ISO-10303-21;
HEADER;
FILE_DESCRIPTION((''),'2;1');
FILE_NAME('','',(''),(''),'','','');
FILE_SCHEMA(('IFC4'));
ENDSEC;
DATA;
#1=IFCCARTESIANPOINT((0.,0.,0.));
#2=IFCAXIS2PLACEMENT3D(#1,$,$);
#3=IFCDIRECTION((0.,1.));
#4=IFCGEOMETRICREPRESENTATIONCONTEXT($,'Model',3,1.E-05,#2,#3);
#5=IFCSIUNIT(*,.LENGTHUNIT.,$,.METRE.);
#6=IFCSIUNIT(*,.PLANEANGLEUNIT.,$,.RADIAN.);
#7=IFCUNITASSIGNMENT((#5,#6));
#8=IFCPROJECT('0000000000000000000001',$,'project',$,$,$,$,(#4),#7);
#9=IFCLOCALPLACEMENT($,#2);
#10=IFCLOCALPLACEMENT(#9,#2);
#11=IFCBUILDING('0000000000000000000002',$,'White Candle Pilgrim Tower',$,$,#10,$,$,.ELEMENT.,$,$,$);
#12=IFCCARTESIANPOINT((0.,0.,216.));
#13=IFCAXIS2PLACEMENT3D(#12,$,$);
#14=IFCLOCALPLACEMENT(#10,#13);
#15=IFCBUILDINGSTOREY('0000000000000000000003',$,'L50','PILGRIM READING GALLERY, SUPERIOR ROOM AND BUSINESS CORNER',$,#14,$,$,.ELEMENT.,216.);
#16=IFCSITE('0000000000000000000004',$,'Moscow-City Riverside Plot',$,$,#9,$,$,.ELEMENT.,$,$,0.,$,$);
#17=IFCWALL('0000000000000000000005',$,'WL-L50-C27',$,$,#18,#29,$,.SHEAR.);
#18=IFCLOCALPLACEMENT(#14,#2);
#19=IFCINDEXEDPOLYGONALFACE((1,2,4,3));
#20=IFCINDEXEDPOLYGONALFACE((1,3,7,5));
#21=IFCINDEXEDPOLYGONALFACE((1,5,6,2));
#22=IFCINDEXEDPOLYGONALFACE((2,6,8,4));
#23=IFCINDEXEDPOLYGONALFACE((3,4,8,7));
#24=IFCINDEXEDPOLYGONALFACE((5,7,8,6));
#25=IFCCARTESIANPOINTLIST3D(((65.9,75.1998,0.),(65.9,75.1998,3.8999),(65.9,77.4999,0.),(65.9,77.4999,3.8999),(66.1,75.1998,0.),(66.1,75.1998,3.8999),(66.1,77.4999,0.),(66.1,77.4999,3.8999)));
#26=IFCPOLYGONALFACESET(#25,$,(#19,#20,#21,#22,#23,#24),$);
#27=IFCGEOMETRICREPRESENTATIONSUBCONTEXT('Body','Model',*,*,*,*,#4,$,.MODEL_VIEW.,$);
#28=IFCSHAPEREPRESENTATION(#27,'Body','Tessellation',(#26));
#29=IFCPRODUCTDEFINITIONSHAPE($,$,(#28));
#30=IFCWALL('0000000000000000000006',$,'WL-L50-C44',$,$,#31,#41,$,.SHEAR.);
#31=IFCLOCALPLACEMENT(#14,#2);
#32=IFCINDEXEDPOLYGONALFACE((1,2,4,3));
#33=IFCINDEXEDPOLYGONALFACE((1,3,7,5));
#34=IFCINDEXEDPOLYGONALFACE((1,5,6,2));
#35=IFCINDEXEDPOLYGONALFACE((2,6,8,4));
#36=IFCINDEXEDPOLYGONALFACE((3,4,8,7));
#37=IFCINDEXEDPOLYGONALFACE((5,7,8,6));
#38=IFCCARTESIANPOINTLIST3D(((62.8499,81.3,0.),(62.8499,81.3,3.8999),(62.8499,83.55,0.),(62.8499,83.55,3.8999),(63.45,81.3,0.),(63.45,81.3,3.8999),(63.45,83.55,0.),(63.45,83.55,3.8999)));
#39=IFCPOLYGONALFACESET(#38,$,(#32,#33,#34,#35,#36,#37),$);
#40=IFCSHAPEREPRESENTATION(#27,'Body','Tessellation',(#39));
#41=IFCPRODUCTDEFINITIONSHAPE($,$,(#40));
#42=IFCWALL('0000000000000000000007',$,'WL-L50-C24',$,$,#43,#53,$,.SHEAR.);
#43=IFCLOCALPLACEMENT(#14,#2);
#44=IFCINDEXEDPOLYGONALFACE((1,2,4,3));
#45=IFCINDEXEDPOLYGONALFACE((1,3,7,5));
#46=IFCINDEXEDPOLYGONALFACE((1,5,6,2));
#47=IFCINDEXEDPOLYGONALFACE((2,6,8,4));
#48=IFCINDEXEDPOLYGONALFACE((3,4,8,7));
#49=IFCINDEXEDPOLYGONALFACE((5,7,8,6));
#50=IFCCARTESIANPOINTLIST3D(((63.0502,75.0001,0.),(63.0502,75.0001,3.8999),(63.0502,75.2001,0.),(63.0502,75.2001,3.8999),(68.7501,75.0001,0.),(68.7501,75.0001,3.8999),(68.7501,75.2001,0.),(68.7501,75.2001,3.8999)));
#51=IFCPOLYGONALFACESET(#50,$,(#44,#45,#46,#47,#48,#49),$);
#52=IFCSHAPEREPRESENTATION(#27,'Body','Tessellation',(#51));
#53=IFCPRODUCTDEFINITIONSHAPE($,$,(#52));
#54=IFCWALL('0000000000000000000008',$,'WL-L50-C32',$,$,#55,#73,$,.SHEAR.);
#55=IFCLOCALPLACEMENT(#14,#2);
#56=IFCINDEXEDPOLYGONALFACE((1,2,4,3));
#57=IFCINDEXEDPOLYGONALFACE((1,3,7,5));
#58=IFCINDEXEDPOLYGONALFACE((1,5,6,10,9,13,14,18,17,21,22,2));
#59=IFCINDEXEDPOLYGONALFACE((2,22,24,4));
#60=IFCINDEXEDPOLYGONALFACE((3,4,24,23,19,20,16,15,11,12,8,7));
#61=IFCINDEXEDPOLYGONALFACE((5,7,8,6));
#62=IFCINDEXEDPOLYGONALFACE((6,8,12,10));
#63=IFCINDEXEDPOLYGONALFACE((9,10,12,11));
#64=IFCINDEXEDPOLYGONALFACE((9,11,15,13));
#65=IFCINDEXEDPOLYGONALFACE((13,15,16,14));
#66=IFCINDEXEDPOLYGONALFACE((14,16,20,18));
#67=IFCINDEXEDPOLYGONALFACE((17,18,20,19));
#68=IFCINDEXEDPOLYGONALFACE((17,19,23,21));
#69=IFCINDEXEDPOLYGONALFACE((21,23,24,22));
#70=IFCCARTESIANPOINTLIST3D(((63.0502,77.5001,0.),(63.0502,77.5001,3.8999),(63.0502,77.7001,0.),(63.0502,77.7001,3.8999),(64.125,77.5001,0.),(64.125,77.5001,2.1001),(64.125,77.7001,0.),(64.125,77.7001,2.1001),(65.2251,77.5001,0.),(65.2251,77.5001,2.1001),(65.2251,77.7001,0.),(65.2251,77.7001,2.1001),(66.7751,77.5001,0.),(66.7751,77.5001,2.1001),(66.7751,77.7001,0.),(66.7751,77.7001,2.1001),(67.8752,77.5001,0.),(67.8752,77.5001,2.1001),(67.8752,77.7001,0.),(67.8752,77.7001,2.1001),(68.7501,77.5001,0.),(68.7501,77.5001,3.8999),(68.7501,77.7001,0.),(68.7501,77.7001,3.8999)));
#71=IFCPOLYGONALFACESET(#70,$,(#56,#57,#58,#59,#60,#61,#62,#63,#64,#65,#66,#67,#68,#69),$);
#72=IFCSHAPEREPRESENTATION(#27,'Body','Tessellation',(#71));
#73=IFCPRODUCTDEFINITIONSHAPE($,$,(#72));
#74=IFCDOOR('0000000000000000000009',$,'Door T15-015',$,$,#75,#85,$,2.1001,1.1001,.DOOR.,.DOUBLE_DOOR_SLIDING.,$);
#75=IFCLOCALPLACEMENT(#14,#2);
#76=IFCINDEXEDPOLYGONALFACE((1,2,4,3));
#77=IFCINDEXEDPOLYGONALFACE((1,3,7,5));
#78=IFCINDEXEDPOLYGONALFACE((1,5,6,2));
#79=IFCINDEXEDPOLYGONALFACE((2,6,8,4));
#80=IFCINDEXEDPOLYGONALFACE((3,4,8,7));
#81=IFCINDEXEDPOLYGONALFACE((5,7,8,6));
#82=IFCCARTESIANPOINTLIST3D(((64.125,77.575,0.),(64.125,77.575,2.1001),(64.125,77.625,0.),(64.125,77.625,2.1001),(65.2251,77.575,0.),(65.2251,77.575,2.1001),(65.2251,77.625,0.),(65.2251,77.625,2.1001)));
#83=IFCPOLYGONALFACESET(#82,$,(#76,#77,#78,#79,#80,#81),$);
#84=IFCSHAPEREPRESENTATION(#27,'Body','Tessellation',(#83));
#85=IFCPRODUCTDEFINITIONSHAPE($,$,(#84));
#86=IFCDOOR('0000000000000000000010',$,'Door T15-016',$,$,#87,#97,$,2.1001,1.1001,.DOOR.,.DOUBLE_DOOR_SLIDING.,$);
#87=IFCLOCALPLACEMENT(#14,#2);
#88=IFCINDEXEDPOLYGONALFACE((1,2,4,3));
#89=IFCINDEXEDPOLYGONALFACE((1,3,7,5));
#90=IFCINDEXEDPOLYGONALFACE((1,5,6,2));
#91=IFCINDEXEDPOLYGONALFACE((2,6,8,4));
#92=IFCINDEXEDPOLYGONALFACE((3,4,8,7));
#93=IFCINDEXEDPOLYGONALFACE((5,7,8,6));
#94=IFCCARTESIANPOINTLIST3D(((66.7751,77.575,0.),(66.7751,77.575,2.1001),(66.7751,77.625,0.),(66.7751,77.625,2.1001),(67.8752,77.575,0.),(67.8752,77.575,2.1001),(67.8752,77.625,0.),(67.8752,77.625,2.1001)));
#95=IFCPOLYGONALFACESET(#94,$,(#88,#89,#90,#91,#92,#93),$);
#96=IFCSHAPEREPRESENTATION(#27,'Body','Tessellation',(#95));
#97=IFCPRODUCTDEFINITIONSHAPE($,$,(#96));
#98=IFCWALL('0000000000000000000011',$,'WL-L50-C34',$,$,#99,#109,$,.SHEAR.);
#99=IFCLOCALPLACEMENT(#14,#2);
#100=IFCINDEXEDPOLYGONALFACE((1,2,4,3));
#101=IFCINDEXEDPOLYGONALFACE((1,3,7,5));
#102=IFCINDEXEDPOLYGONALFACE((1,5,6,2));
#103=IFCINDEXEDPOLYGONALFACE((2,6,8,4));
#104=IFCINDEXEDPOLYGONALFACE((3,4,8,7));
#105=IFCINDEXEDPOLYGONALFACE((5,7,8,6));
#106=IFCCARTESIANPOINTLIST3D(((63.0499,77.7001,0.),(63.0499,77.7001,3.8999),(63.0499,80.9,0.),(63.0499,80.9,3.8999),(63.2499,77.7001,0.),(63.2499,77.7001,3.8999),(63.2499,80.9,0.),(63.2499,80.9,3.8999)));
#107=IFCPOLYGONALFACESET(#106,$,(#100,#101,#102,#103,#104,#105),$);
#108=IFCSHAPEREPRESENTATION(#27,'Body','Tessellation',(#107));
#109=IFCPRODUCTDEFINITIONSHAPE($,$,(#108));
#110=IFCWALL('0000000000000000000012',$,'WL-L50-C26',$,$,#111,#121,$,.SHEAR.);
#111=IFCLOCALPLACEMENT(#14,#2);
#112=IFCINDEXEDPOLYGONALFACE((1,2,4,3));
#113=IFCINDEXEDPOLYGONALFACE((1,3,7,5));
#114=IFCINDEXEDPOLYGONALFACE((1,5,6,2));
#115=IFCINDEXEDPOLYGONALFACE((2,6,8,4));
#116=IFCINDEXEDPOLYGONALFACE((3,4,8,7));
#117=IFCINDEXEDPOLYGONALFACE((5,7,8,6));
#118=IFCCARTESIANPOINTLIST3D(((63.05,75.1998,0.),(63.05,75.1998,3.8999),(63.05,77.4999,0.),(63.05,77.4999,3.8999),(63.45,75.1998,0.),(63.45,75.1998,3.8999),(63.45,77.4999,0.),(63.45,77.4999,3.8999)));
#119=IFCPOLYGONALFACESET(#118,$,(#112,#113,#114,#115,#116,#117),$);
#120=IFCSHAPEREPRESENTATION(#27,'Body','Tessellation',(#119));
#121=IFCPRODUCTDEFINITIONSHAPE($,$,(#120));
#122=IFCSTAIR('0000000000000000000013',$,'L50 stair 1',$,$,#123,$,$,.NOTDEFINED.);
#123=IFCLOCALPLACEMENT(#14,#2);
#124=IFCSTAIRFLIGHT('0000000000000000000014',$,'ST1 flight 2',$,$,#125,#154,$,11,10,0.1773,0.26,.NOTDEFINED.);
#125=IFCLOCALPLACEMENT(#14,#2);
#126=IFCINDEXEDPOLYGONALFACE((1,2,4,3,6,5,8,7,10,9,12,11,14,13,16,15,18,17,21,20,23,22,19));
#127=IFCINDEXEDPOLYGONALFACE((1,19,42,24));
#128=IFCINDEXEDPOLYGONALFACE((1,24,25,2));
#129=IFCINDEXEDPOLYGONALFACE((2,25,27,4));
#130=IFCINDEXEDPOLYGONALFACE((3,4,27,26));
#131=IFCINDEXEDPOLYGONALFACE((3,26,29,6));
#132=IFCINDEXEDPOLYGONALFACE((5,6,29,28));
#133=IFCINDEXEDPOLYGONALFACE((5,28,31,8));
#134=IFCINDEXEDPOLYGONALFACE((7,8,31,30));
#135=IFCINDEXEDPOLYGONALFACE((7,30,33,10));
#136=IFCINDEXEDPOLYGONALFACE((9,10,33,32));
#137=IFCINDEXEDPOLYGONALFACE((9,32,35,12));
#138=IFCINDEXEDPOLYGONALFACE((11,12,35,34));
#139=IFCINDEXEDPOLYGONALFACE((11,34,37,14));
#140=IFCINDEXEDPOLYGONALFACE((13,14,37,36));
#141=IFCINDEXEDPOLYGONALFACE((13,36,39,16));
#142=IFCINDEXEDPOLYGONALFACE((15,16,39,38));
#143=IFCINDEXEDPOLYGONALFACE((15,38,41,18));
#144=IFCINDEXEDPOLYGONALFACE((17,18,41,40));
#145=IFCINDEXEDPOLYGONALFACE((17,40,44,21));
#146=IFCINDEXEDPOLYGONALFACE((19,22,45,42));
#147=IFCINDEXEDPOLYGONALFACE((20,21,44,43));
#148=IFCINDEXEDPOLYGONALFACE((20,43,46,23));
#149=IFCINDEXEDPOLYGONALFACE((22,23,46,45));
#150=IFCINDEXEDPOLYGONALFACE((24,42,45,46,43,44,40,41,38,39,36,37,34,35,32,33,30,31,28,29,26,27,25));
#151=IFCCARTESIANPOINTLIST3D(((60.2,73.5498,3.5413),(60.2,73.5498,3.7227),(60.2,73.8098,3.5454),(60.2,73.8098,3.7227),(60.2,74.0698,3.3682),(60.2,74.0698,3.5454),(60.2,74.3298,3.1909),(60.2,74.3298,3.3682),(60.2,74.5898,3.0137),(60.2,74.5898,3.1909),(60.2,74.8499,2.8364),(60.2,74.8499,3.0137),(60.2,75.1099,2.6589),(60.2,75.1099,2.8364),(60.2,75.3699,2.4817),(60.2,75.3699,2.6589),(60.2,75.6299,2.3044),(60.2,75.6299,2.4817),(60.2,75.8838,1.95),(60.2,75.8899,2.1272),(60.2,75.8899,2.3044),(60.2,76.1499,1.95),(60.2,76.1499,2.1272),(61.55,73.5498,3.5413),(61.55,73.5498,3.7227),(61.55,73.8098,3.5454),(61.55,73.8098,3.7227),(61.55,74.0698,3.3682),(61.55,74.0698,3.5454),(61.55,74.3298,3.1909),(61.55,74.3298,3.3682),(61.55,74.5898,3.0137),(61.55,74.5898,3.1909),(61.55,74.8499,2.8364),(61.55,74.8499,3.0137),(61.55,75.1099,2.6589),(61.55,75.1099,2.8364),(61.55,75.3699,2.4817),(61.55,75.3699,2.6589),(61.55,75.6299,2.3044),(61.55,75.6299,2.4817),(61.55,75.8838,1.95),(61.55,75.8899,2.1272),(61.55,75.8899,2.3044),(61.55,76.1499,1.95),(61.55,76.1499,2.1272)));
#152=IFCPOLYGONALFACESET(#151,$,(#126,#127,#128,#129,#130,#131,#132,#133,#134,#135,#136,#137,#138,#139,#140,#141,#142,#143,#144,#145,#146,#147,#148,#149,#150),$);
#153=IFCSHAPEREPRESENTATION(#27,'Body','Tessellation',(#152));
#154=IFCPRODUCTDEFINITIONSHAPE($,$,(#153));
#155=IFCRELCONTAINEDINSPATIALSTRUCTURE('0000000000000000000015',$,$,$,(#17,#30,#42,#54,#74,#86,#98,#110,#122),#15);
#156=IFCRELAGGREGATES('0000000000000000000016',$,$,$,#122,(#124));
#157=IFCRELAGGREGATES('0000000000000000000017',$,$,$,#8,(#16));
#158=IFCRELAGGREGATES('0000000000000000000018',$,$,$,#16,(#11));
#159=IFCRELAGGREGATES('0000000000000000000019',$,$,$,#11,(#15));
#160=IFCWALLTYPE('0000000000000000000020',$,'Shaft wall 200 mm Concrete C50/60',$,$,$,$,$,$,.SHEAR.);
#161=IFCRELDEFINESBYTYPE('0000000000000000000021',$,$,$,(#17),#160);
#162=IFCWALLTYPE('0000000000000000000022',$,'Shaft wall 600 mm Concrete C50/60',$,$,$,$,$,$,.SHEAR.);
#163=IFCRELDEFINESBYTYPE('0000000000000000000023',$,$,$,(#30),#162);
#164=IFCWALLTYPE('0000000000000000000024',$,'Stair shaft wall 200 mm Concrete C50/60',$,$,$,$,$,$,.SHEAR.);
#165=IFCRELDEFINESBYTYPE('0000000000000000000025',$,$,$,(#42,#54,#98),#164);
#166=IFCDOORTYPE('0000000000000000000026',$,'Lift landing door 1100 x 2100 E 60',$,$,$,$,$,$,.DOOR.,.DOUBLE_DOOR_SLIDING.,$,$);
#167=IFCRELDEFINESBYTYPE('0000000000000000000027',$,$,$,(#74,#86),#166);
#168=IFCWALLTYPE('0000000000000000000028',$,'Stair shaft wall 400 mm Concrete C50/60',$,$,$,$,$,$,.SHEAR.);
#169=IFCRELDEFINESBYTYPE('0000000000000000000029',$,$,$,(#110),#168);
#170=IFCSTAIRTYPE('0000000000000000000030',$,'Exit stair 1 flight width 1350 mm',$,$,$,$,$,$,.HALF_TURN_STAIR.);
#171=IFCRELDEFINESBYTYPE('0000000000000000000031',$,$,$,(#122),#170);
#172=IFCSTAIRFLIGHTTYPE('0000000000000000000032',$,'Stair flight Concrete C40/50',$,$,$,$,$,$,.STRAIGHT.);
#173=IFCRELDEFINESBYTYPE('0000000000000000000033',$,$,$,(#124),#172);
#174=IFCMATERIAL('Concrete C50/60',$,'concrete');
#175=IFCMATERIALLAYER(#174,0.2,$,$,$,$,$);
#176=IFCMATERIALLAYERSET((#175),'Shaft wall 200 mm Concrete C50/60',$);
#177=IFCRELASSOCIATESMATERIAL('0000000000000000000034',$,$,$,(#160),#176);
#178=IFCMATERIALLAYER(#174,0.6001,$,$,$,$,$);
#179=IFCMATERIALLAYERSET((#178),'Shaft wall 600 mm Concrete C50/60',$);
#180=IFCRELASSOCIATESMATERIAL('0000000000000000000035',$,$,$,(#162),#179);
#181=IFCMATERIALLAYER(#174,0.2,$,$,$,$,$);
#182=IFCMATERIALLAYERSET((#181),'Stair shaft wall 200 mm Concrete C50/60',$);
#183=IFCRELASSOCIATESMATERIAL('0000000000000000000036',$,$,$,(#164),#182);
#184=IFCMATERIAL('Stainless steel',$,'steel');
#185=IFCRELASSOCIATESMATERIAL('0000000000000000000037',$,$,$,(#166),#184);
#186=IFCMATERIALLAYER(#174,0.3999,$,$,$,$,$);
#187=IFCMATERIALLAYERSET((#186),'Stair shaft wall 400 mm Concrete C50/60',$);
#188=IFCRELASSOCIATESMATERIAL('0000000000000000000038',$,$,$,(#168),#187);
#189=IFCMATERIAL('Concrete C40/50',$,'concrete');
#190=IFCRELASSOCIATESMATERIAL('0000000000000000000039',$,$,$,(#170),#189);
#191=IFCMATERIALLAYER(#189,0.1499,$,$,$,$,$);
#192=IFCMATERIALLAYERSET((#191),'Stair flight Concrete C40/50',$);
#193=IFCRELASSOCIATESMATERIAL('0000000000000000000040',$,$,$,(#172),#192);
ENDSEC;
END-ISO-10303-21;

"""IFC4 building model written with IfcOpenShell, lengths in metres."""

from ifc_helpers import new_model, si_unit, direction, frame, frame_2d, origin, place, context, subcontext, project, spatial, polyline, rectangle, outline, extrude, material, layer, layer_set, type_object, element, fill, aggregate, save


model = new_model("IFC4")

# Units and contexts
model_context = context("Model", 3, precision=1e-05, world=origin(), true_north=direction((0.0, 1.0)))
body_context = subcontext(model_context, "Body", "Model", "MODEL_VIEW")
ifc_project = project(units=[si_unit("LENGTHUNIT", "METRE"), si_unit("PLANEANGLEUNIT", "RADIAN")], contexts=[model_context])

# Site, building, storey
site_placement = place(None, origin())
site = spatial("IfcSite", under=ifc_project, at=site_placement, Name="Moscow-City Riverside Plot", CompositionType="ELEMENT", RefElevation=0.0)
building_placement = place(site_placement, origin())
building = spatial("IfcBuilding", under=site, at=building_placement, Name="White Candle Pilgrim Tower", CompositionType="ELEMENT")
storey_placement = place(building_placement, frame((0.0, 0.0, 216.0)))
storey = spatial("IfcBuildingStorey", under=building, at=storey_placement, Name="L50", Description="PILGRIM READING GALLERY, SUPERIOR ROOM AND BUSINESS CORNER", CompositionType="ELEMENT", Elevation=216.0)

# Shared definitions
ifc_material_1 = material(Name="Concrete C50/60", Category="concrete")

# Shared definitions
ifc_material_2 = material(Name="Stainless steel", Category="steel")

# Walls
ifc_layer_1 = layer(ifc_material_1, 0.2)
ifc_layer_set_1 = layer_set([ifc_layer_1], Name="Shaft wall 200 mm Concrete C50/60")
wall_type_1 = type_object("IfcWallType", Name="Shaft wall 200 mm Concrete C50/60", PredefinedType="SHEAR", material=ifc_layer_set_1)
wall_1_placement = place(storey_placement, frame((66.0, 75.2, 0.0), z_axis=(0.0, 0.0, 1.0), x_axis=(0.0, 1.0, 0.0)))
element("IfcWall", 1, at=wall_1_placement, inside=storey, type_object=wall_type_1, Name="WL-L50-C27", PredefinedType="SHEAR", context=body_context, shape_type="SweptSolid", body=[
    extrude(rectangle(XDim=2.3, YDim=0.2, at=frame_2d((1.1499, 0.0))), origin(), (0.0, 0.0, 1.0), 3.8999),
])
ifc_layer_2 = layer(ifc_material_1, 0.6001)
ifc_layer_set_2 = layer_set([ifc_layer_2], Name="Shaft wall 600 mm Concrete C50/60")
wall_type_2 = type_object("IfcWallType", Name="Shaft wall 600 mm Concrete C50/60", PredefinedType="SHEAR", material=ifc_layer_set_2)
wall_2_placement = place(storey_placement, frame((63.1499, 81.3, 0.0), z_axis=(0.0, 0.0, 1.0), x_axis=(0.0, 1.0, 0.0)))
element("IfcWall", 2, at=wall_2_placement, inside=storey, type_object=wall_type_2, Name="WL-L50-C44", PredefinedType="SHEAR", context=body_context, shape_type="SweptSolid", body=[
    extrude(rectangle(XDim=2.25, YDim=0.6001, at=frame_2d((1.125, 0.0))), origin(), (0.0, 0.0, 1.0), 3.8999),
])
ifc_layer_3 = layer(ifc_material_1, 0.2)
ifc_layer_set_3 = layer_set([ifc_layer_3], Name="Stair shaft wall 200 mm Concrete C50/60")
wall_type_3 = type_object("IfcWallType", Name="Stair shaft wall 200 mm Concrete C50/60", PredefinedType="SHEAR", material=ifc_layer_set_3)
wall_3_placement = place(storey_placement, frame((63.05, 75.1001, 0.0), z_axis=(0.0, 0.0, 1.0), x_axis=(1.0, 0.0, 0.0)))
element("IfcWall", 3, at=wall_3_placement, inside=storey, type_object=wall_type_3, Name="WL-L50-C24", PredefinedType="SHEAR", context=body_context, shape_type="SweptSolid", body=[
    extrude(rectangle(XDim=5.7, YDim=0.2, at=frame_2d((2.8501, 0.0))), origin(), (0.0, 0.0, 1.0), 3.8999),
])

# Wall, openings, doors
wall_4_placement = place(storey_placement, frame((63.05, 77.6001, 0.0), z_axis=(0.0, 0.0, 1.0), x_axis=(1.0, 0.0, 0.0)))
wall_4 = element("IfcWall", 4, at=wall_4_placement, inside=storey, type_object=wall_type_3, Name="WL-L50-C32", PredefinedType="SHEAR", context=body_context, shape_type="SweptSolid", body=[
    extrude(rectangle(XDim=5.7, YDim=0.2, at=frame_2d((2.8501, 0.0))), origin(), (0.0, 0.0, 1.0), 3.8999),
])
opening_1_placement = place(wall_4_placement, frame((1.075, 0.0, 0.0)))
opening_1 = element("IfcOpeningElement", 5, at=opening_1_placement, cuts=wall_4, PredefinedType="OPENING", context=body_context, shape_type="SweptSolid", body=[
    extrude(rectangle(XDim=1.1001, YDim=2.1001, at=frame_2d((0.55, 1.05))), frame((0.0, 0.1099, 0.0), z_axis=(0.0, -1.0, 0.0), x_axis=(1.0, 0.0, 0.0)), (0.0, 0.0, 1.0), 0.22),
])
opening_2_placement = place(wall_4_placement, frame((3.7251, 0.0, 0.0)))
opening_2 = element("IfcOpeningElement", 6, at=opening_2_placement, cuts=wall_4, PredefinedType="OPENING", context=body_context, shape_type="SweptSolid", body=[
    extrude(rectangle(XDim=1.1001, YDim=2.1001, at=frame_2d((0.55, 1.05))), frame((0.0, 0.1099, 0.0), z_axis=(0.0, -1.0, 0.0), x_axis=(1.0, 0.0, 0.0)), (0.0, 0.0, 1.0), 0.22),
])
door_type_1 = type_object("IfcDoorType", Name="Lift landing door 1100 x 2100 E 60", OperationType="DOUBLE_DOOR_SLIDING", PredefinedType="DOOR", material=ifc_material_2)
door_1_placement = place(opening_1_placement, origin())
door_1 = element("IfcDoor", 7, at=door_1_placement, inside=storey, type_object=door_type_1, Name="Door T15-015", OperationType="DOUBLE_DOOR_SLIDING", OverallHeight=2.1001, OverallWidth=1.1001, PredefinedType="DOOR", context=body_context, shape_type="SweptSolid", body=[
    extrude(rectangle(XDim=1.1001, YDim=2.1001, at=frame_2d((0.55, 1.05))), frame((0.0, 0.0249, 0.0), z_axis=(0.0, -1.0, 0.0), x_axis=(1.0, 0.0, 0.0)), (0.0, 0.0, 1.0), 0.05),
])
fill(opening_1, door_1)
door_2_placement = place(opening_2_placement, origin())
door_2 = element("IfcDoor", 8, at=door_2_placement, inside=storey, type_object=door_type_1, Name="Door T15-016", OperationType="DOUBLE_DOOR_SLIDING", OverallHeight=2.1001, OverallWidth=1.1001, PredefinedType="DOOR", context=body_context, shape_type="SweptSolid", body=[
    extrude(rectangle(XDim=1.1001, YDim=2.1001, at=frame_2d((0.55, 1.05))), frame((0.0, 0.0249, 0.0), z_axis=(0.0, -1.0, 0.0), x_axis=(1.0, 0.0, 0.0)), (0.0, 0.0, 1.0), 0.05),
])
fill(opening_2, door_2)

# Walls
wall_5_placement = place(storey_placement, frame((63.1499, 77.7, 0.0), z_axis=(0.0, 0.0, 1.0), x_axis=(0.0, 1.0, 0.0)))
element("IfcWall", 9, at=wall_5_placement, inside=storey, type_object=wall_type_3, Name="WL-L50-C34", PredefinedType="SHEAR", context=body_context, shape_type="SweptSolid", body=[
    extrude(rectangle(XDim=3.2, YDim=0.2, at=frame_2d((1.6001, 0.0))), origin(), (0.0, 0.0, 1.0), 3.8999),
])
ifc_layer_4 = layer(ifc_material_1, 0.3999)
ifc_layer_set_4 = layer_set([ifc_layer_4], Name="Stair shaft wall 400 mm Concrete C50/60")
wall_type_4 = type_object("IfcWallType", Name="Stair shaft wall 400 mm Concrete C50/60", PredefinedType="SHEAR", material=ifc_layer_set_4)
wall_6_placement = place(storey_placement, frame((63.25, 75.2, 0.0), z_axis=(0.0, 0.0, 1.0), x_axis=(0.0, 1.0, 0.0)))
element("IfcWall", 10, at=wall_6_placement, inside=storey, type_object=wall_type_4, Name="WL-L50-C26", PredefinedType="SHEAR", context=body_context, shape_type="SweptSolid", body=[
    extrude(rectangle(XDim=2.3, YDim=0.3999, at=frame_2d((1.1499, 0.0))), origin(), (0.0, 0.0, 1.0), 3.8999),
])

# Stair, stair flight
ifc_material_3 = material(Name="Concrete C40/50", Category="concrete")
stair_type = type_object("IfcStairType", Name="Exit stair 1 flight width 1350 mm", PredefinedType="HALF_TURN_STAIR", material=ifc_material_3)
stair_placement = place(storey_placement, origin())
stair = element("IfcStair", 11, at=stair_placement, inside=storey, type_object=stair_type, Name="L50 stair 1", PredefinedType="NOTDEFINED")
ifc_layer_5 = layer(ifc_material_3, 0.1499)
ifc_layer_set_5 = layer_set([ifc_layer_5], Name="Stair flight Concrete C40/50")
stair_flight_type = type_object("IfcStairFlightType", Name="Stair flight Concrete C40/50", PredefinedType="STRAIGHT", material=ifc_layer_set_5)
stair_flight_placement = place(storey_placement, frame((60.875, 76.1499, 1.95), z_axis=(0.0, 0.0, 1.0), x_axis=(0.0, -1.0, 0.0)))
stair_flight = element("IfcStairFlight", 12, at=stair_flight_placement, type_object=stair_flight_type, Name="ST1 flight 2", NumberOfRisers=11, NumberOfTreads=10, PredefinedType="NOTDEFINED", RiserHeight=0.1773, TreadLength=0.26, context=body_context, shape_type="SweptSolid", body=[
    extrude(outline(polyline([(0.0, 0.0), (0.0, 0.1772), (0.26, 0.1772), (0.26, 0.3545), (0.52, 0.3545), (0.52, 0.5317), (0.78, 0.5317), (0.78, 0.709), (1.04, 0.709), (1.04, 0.8865), (1.3, 0.8865), (1.3, 1.0637), (1.5601, 1.0637), (1.5601, 1.241), (1.8201, 1.241), (1.8201, 1.4182), (2.0801, 1.4182), (2.0801, 1.5955), (2.3401, 1.5955), (2.3401, 1.7727), (2.6001, 1.7727), (2.6001, 1.95), (2.6001, 1.5913), (0.2661, 0.0), (0.0, 0.0)])), frame((0.0, 0.675, 0.0), z_axis=(0.0, -1.0, 0.0), x_axis=(1.0, 0.0, 0.0)), (0.0, 0.0, 1.0), 1.3501),
])
aggregate(stair, [stair_flight])

save(model, "model.ifc")
